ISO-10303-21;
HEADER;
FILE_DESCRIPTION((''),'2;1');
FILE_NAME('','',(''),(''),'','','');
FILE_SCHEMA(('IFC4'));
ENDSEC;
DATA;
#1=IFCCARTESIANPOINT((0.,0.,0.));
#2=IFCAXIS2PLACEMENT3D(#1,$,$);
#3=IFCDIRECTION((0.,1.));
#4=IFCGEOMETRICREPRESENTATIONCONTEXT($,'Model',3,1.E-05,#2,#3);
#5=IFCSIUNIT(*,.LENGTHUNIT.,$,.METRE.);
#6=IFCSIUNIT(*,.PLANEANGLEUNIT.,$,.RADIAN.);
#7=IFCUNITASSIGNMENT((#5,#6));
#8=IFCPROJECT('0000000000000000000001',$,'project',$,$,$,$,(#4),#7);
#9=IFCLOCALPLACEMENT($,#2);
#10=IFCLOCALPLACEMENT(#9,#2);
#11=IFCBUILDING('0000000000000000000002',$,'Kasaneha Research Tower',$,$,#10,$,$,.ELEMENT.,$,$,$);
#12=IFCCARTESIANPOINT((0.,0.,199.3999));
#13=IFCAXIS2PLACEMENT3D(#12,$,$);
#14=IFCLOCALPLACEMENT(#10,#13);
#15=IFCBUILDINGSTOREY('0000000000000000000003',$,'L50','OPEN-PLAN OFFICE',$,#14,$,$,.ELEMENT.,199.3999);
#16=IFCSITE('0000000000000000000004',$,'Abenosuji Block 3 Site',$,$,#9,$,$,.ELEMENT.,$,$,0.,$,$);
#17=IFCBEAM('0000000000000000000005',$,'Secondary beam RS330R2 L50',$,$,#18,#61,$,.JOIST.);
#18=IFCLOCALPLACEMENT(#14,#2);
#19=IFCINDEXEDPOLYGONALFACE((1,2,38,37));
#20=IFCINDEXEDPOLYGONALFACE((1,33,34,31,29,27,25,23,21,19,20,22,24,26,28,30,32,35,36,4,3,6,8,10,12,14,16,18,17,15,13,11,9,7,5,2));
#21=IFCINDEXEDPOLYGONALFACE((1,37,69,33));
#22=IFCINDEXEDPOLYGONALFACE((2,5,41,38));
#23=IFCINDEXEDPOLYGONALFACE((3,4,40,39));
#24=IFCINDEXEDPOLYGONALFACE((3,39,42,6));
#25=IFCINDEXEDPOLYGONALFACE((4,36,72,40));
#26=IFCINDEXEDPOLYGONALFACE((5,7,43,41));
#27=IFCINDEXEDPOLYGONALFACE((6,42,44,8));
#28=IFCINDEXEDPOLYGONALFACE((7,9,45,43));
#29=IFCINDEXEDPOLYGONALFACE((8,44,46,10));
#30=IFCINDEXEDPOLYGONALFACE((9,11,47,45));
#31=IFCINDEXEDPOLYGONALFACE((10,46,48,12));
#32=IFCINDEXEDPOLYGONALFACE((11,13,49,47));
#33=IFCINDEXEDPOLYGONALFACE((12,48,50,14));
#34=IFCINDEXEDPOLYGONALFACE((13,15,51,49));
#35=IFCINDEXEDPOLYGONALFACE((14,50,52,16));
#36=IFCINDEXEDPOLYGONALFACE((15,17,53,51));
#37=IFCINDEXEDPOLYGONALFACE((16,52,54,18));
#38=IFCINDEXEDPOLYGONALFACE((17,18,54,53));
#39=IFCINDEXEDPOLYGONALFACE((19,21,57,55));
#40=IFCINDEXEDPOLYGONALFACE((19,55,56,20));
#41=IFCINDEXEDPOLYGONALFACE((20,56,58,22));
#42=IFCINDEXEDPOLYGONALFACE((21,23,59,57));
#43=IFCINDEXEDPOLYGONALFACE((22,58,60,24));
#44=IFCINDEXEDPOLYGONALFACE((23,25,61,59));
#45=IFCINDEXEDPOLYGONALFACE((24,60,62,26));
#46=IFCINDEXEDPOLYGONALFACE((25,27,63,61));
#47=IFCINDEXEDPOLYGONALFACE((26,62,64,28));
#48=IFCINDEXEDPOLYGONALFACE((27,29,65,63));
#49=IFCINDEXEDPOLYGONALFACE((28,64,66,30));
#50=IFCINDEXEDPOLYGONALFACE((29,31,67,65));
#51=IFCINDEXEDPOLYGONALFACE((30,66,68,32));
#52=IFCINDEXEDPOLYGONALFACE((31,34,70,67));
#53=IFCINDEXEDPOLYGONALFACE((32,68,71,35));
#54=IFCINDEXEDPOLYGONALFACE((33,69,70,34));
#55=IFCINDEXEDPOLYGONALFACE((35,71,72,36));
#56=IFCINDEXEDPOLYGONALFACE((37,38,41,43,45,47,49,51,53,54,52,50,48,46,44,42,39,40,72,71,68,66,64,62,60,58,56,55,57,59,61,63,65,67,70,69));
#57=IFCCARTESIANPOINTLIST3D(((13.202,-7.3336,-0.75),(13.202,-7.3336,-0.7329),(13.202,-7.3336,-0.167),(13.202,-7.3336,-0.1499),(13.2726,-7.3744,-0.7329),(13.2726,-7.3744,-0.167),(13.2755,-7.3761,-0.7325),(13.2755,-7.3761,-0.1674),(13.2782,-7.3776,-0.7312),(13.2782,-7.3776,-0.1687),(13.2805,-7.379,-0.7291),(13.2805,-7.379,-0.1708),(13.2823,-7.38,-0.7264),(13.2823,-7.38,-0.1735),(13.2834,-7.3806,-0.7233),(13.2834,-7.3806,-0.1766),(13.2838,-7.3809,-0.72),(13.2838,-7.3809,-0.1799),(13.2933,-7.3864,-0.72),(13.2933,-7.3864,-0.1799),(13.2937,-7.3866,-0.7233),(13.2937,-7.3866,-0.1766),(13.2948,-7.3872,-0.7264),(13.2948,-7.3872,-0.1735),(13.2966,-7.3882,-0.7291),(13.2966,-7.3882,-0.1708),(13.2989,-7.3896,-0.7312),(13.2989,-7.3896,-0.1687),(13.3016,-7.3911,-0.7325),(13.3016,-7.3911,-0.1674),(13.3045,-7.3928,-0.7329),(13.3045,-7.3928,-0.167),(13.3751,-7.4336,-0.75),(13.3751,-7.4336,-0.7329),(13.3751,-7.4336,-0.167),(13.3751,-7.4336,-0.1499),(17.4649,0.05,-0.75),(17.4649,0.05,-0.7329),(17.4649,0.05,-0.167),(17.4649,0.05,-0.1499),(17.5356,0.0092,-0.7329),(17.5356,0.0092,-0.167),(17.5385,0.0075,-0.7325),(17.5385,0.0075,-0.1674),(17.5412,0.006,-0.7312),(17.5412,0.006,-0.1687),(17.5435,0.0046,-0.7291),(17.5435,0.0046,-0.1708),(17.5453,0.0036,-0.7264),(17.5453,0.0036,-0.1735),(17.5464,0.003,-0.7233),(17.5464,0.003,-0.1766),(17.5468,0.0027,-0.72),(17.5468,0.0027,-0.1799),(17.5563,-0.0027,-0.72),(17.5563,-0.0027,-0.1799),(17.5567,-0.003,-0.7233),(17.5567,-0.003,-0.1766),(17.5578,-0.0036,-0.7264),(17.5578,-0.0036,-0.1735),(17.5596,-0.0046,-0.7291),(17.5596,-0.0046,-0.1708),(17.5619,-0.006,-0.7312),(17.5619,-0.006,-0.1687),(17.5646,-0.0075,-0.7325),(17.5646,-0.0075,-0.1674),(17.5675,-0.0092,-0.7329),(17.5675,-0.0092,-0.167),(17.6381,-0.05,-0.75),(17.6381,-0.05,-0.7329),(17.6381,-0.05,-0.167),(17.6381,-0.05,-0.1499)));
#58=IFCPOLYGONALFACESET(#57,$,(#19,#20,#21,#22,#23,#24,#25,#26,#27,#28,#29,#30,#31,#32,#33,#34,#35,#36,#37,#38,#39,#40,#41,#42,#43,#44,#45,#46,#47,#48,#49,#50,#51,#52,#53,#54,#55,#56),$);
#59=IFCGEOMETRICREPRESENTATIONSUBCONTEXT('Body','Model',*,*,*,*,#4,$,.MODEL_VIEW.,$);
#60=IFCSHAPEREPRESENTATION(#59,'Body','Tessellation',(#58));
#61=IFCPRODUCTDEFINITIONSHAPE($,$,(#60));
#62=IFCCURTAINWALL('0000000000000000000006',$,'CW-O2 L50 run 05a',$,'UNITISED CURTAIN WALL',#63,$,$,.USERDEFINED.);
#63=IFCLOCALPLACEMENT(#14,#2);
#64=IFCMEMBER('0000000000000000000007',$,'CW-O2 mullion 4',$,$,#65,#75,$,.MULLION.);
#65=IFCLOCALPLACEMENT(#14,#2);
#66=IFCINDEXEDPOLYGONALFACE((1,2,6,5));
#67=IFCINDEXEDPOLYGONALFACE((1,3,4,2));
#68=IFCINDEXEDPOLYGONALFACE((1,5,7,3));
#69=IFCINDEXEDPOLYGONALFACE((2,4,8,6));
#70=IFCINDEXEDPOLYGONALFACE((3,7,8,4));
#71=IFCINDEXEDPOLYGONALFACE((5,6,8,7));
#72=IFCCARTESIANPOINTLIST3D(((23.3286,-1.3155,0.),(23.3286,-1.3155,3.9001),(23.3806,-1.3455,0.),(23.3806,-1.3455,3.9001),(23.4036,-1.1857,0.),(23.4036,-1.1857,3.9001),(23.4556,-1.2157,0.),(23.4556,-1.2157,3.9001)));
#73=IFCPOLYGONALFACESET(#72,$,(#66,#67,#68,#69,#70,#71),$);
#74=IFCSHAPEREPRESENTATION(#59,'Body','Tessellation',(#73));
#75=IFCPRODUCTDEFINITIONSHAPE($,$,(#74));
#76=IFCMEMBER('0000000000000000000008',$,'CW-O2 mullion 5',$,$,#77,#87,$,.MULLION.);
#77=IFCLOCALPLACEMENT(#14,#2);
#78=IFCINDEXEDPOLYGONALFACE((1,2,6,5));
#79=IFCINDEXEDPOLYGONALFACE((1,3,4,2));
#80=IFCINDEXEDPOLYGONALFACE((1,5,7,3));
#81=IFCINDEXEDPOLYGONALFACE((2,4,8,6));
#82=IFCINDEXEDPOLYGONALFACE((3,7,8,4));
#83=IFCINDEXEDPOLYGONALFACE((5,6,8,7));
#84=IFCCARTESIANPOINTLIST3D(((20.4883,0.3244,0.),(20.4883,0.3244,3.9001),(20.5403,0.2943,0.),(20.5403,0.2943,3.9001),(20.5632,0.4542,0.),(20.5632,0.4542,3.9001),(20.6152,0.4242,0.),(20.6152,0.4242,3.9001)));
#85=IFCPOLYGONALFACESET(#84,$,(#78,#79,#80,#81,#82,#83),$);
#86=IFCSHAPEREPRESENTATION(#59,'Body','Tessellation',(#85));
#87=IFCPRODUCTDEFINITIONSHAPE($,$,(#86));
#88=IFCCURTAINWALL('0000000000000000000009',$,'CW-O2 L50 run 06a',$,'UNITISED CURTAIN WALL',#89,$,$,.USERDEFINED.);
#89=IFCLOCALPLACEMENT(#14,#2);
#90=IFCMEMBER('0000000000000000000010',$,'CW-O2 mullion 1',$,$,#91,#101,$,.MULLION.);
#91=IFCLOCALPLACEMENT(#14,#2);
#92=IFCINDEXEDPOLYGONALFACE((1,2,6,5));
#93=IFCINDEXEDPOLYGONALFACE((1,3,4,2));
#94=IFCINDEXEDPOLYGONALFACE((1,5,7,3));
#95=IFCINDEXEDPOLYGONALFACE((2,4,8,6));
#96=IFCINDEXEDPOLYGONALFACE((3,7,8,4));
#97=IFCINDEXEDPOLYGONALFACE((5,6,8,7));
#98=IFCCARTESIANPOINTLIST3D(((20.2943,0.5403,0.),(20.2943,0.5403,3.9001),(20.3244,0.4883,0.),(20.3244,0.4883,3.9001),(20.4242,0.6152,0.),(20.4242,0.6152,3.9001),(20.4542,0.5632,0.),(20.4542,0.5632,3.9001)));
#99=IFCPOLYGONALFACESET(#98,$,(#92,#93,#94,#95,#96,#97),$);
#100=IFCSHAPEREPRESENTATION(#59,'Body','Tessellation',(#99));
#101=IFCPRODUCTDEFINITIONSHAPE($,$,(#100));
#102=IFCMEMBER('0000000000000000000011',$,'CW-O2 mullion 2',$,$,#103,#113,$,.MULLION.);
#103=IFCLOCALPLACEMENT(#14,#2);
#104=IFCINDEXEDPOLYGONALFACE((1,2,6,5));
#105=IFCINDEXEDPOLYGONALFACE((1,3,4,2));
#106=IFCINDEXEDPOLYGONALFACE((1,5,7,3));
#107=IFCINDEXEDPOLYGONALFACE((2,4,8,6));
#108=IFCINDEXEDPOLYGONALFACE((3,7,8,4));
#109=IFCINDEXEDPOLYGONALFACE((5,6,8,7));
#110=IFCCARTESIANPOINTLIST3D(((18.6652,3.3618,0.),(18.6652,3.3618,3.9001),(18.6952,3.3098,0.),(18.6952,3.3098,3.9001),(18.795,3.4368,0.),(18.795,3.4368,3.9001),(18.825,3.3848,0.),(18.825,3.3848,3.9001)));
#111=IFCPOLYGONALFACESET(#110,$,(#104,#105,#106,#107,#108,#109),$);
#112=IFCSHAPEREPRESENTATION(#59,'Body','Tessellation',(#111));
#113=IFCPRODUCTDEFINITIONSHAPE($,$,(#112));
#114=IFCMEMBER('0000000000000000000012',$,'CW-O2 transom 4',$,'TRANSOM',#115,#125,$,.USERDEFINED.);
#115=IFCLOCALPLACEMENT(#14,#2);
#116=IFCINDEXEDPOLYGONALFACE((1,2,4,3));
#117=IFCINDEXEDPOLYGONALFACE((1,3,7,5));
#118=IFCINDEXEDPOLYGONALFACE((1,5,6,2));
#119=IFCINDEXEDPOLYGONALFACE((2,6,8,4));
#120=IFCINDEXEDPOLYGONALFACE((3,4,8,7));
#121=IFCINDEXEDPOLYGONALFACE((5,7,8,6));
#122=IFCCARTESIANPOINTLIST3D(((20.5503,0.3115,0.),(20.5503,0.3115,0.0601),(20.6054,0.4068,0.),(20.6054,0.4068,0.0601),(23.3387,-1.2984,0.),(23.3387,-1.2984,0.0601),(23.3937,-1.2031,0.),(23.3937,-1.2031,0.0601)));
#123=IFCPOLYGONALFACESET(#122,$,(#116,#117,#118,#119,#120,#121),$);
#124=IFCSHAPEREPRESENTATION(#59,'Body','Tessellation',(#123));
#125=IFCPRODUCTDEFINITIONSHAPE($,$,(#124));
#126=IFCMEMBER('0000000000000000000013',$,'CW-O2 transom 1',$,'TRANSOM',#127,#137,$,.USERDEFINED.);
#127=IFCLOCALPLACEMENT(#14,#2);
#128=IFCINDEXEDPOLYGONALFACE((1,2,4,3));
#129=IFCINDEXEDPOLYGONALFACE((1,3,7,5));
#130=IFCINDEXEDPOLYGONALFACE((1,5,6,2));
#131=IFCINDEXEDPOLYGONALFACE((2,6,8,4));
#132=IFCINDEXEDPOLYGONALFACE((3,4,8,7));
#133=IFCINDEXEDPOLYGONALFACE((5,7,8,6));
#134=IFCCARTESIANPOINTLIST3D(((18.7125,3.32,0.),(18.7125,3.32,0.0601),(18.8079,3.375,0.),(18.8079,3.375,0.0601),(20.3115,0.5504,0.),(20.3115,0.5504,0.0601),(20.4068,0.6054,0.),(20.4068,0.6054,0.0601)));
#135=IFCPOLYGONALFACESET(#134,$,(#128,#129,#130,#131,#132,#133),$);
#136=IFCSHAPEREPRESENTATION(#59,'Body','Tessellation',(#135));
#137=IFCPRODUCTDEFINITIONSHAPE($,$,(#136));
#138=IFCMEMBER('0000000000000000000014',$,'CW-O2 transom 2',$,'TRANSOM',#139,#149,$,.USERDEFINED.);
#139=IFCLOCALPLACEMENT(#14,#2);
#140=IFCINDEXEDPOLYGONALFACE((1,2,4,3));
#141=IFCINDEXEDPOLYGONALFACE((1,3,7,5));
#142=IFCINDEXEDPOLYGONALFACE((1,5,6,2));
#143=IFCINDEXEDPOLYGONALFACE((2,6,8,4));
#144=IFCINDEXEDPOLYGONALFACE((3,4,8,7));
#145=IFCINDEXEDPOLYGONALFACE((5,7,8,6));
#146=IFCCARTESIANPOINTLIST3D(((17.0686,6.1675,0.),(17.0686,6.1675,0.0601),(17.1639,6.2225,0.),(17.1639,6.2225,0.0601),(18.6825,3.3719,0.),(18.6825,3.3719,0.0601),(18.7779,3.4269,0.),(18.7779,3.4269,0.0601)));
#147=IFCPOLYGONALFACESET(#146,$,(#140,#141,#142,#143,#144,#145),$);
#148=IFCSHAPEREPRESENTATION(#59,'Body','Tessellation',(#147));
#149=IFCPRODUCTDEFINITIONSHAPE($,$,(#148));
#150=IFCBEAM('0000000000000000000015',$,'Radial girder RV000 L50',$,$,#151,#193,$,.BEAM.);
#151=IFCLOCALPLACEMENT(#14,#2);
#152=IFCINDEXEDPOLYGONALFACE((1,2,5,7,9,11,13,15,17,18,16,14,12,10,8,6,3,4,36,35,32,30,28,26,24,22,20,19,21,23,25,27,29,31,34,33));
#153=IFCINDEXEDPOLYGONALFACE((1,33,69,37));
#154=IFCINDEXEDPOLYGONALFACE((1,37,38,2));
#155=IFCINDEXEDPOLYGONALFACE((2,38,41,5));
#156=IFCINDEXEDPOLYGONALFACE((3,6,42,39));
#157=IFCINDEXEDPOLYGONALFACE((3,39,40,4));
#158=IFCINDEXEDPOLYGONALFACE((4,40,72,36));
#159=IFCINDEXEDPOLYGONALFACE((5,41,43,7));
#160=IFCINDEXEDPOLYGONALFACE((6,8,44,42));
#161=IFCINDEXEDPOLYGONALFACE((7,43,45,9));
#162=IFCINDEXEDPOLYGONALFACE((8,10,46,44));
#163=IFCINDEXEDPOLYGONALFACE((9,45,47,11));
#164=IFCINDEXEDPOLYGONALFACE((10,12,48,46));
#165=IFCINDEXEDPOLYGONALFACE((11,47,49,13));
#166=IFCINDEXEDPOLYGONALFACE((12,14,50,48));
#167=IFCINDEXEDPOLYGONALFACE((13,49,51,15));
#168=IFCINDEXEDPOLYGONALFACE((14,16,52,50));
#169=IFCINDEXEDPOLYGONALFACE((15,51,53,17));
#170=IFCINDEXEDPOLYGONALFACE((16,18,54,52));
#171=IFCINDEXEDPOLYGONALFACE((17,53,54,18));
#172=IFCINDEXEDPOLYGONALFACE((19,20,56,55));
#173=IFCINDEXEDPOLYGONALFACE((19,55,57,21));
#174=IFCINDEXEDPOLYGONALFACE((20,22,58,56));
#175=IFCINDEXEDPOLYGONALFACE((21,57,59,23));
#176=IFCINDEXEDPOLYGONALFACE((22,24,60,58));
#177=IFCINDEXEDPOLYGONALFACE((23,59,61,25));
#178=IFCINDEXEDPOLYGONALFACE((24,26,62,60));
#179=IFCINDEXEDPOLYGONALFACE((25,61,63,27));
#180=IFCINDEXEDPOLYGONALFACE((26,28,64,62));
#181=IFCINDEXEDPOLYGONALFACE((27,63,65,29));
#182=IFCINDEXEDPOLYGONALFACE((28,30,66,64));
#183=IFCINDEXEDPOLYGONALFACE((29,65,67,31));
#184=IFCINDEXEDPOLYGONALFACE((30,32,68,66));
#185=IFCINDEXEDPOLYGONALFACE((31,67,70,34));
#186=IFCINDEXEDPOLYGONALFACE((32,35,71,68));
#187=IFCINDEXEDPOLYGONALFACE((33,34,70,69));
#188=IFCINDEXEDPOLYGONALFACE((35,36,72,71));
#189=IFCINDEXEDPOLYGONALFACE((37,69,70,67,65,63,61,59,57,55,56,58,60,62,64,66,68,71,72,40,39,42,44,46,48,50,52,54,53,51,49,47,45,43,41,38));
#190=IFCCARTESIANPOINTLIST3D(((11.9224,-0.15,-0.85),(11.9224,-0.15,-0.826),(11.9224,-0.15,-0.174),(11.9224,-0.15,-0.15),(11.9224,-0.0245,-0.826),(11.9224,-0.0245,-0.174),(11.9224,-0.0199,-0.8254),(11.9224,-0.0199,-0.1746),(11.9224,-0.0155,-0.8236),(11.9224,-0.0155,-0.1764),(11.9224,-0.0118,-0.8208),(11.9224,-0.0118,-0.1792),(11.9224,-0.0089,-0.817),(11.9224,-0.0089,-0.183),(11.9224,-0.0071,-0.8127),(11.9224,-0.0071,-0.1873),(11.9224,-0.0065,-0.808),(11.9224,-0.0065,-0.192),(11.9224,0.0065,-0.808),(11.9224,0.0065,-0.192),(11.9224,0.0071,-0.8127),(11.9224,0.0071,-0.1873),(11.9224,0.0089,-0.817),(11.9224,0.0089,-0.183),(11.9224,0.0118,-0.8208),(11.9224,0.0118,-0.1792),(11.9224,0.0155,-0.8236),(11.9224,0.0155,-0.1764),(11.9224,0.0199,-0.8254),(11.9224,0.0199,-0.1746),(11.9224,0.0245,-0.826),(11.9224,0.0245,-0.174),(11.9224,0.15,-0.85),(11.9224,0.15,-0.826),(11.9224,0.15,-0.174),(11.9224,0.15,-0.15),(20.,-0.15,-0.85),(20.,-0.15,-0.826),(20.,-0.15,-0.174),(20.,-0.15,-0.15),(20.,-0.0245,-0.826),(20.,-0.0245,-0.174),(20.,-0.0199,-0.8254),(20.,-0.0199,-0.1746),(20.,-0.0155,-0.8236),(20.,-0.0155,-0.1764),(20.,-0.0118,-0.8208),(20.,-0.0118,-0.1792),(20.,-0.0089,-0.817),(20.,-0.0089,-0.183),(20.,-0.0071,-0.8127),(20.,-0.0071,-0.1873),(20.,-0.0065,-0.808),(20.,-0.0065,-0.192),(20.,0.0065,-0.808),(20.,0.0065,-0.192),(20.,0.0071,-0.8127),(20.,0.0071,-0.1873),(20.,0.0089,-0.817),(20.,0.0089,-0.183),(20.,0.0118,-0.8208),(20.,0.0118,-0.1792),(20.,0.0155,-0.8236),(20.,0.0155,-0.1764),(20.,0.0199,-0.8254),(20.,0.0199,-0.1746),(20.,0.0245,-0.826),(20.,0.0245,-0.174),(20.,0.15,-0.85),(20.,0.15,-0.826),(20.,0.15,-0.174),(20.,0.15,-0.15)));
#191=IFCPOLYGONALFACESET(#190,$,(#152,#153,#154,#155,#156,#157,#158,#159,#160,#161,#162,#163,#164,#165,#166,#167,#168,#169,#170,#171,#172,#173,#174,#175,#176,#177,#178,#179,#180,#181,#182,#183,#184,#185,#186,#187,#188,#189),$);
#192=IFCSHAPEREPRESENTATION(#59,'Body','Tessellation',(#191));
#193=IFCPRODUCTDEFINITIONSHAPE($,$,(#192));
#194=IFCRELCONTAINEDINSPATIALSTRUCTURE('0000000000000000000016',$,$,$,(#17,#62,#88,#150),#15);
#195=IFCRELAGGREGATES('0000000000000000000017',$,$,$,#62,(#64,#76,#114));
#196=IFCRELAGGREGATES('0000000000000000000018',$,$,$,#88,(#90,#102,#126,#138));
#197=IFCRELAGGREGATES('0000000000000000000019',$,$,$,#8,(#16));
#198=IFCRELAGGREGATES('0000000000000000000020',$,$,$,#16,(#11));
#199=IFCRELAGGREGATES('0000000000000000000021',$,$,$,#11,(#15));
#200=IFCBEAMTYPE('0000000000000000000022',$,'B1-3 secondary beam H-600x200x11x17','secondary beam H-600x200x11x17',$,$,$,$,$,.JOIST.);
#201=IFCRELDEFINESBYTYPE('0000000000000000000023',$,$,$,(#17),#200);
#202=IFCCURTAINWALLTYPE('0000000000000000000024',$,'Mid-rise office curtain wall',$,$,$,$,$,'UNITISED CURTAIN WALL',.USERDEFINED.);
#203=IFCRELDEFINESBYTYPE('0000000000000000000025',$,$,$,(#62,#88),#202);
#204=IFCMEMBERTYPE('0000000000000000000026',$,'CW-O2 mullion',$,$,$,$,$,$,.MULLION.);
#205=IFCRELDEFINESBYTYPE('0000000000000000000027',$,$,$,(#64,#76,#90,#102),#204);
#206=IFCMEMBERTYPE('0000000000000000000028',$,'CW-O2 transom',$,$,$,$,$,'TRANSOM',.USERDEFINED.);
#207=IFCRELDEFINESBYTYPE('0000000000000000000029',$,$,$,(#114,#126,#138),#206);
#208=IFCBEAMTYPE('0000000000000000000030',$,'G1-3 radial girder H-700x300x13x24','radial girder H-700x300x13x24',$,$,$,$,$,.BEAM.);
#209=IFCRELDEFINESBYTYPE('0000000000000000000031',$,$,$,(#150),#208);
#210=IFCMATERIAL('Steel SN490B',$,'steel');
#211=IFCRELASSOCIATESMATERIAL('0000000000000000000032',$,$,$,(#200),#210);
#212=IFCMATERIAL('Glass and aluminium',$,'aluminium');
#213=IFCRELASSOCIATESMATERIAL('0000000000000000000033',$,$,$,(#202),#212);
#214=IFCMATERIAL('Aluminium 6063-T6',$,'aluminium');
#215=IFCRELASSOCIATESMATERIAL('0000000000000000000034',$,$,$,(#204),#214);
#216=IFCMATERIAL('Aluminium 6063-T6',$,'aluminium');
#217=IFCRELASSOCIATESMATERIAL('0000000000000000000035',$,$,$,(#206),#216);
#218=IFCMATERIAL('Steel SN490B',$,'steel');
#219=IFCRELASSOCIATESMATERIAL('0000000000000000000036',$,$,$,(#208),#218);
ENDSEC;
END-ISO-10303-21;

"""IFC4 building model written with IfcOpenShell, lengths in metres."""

from ifc_helpers import new_model, si_unit, direction, frame, origin, origin_2d, place, context, subcontext, project, spatial, rectangle, i_section, extrude, material, material_profile, profile_set, type_object, element, aggregate, save


model = new_model("IFC4")

# Units and contexts
model_context = context("Model", 3, precision=1e-05, world=origin(), true_north=direction((0.0, 1.0)))
body_context = subcontext(model_context, "Body", "Model", "MODEL_VIEW")
ifc_project = project(units=[si_unit("LENGTHUNIT", "METRE"), si_unit("PLANEANGLEUNIT", "RADIAN")], contexts=[model_context])

# Site, building, storey
site_placement = place(None, origin())
site = spatial("IfcSite", under=ifc_project, at=site_placement, Name="Abenosuji Block 3 Site", CompositionType="ELEMENT", RefElevation=0.0)
building_placement = place(site_placement, origin())
building = spatial("IfcBuilding", under=site, at=building_placement, Name="Kasaneha Research Tower", CompositionType="ELEMENT")
storey_placement = place(building_placement, frame((0.0, 0.0, 199.3999)))
storey = spatial("IfcBuildingStorey", under=building, at=storey_placement, Name="L50", Description="OPEN-PLAN OFFICE", CompositionType="ELEMENT", Elevation=199.3999)

# Beam
ifc_material_1 = material(Name="Steel SN490B", Category="steel")
ifc_material_profile_1 = material_profile(ifc_material_1, i_section(OverallWidth=0.2, OverallDepth=0.6001, WebThickness=0.011, FlangeThickness=0.0171, FilletRadius=0.0129, at=origin_2d()), Name="H-600x200x11x17")
ifc_profile_set_1 = profile_set([ifc_material_profile_1], Name="Steel SN490B")
beam_type_1 = type_object("IfcBeamType", Name="B1-3 secondary beam H-600x200x11x17", Description="secondary beam H-600x200x11x17", PredefinedType="JOIST", material=ifc_profile_set_1)
beam_1_placement = place(storey_placement, frame((17.5515, 0.0, -0.45), z_axis=(-0.500004, -0.866023, 0.0), x_axis=(0.866023, -0.500004, 0.0)))
element("IfcBeam", 1, at=beam_1_placement, inside=storey, type_object=beam_type_1, Name="Secondary beam RS330R2 L50", PredefinedType="JOIST", context=body_context, shape_type="SweptSolid", body=[
    extrude(i_section(OverallWidth=0.2, OverallDepth=0.6001, WebThickness=0.011, FlangeThickness=0.0171, FilletRadius=0.0129, at=origin_2d()), origin(), (0.0, 0.0, 1.0), 8.5259),
])

# Curtain walls, members
ifc_material_2 = material(Name="Glass and aluminium", Category="aluminium")
curtain_wall_type = type_object("IfcCurtainWallType", Name="Mid-rise office curtain wall", ElementType="UNITISED CURTAIN WALL", PredefinedType="USERDEFINED", material=ifc_material_2)
curtain_wall_1_placement = place(storey_placement, origin())
curtain_wall_1 = element("IfcCurtainWall", 2, at=curtain_wall_1_placement, inside=storey, type_object=curtain_wall_type, Name="CW-O2 L50 run 05a", ObjectType="UNITISED CURTAIN WALL", PredefinedType="USERDEFINED")
ifc_material_3 = material(Name="Aluminium 6063-T6", Category="aluminium")
ifc_material_profile_2 = material_profile(ifc_material_3, rectangle(XDim=0.0601, YDim=0.1499, at=origin_2d()), Name="CW-O2 mullion 60x150")
ifc_profile_set_2 = profile_set([ifc_material_profile_2], Name="Aluminium 6063-T6")
member_type_1 = type_object("IfcMemberType", Name="CW-O2 mullion", PredefinedType="MULLION", material=ifc_profile_set_2)
member_1_placement = place(storey_placement, frame((23.3921, -1.2656, 0.0), z_axis=(0.0, 0.0, 1.0), x_axis=(-0.866025, 0.5, 0.0)))
member_1 = element("IfcMember", 3, at=member_1_placement, type_object=member_type_1, Name="CW-O2 mullion 4", PredefinedType="MULLION", context=body_context, shape_type="SweptSolid", body=[
    extrude(rectangle(XDim=0.0601, YDim=0.1499, at=origin_2d()), origin(), (0.0, 0.0, 1.0), 3.9001),
])
member_2_placement = place(storey_placement, frame((20.5518, 0.3743, 0.0), z_axis=(0.0, 0.0, 1.0), x_axis=(-0.866025, 0.5, 0.0)))
member_2 = element("IfcMember", 4, at=member_2_placement, type_object=member_type_1, Name="CW-O2 mullion 5", PredefinedType="MULLION", context=body_context, shape_type="SweptSolid", body=[
    extrude(rectangle(XDim=0.0601, YDim=0.1499, at=origin_2d()), origin(), (0.0, 0.0, 1.0), 3.9001),
])
curtain_wall_2_placement = place(storey_placement, origin())
curtain_wall_2 = element("IfcCurtainWall", 5, at=curtain_wall_2_placement, inside=storey, type_object=curtain_wall_type, Name="CW-O2 L50 run 06a", ObjectType="UNITISED CURTAIN WALL", PredefinedType="USERDEFINED")
member_3_placement = place(storey_placement, frame((20.3743, 0.5518, 0.0), z_axis=(0.0, 0.0, 1.0), x_axis=(-0.5, 0.866025, 0.0)))
member_3 = element("IfcMember", 6, at=member_3_placement, type_object=member_type_1, Name="CW-O2 mullion 1", PredefinedType="MULLION", context=body_context, shape_type="SweptSolid", body=[
    extrude(rectangle(XDim=0.0601, YDim=0.1499, at=origin_2d()), origin(), (0.0, 0.0, 1.0), 3.9001),
])
member_4_placement = place(storey_placement, frame((18.7451, 3.3733, 0.0), z_axis=(0.0, 0.0, 1.0), x_axis=(-0.5, 0.866025, 0.0)))
member_4 = element("IfcMember", 7, at=member_4_placement, type_object=member_type_1, Name="CW-O2 mullion 2", PredefinedType="MULLION", context=body_context, shape_type="SweptSolid", body=[
    extrude(rectangle(XDim=0.0601, YDim=0.1499, at=origin_2d()), origin(), (0.0, 0.0, 1.0), 3.9001),
])

# Members
ifc_material_4 = material(Name="Aluminium 6063-T6", Category="aluminium")
ifc_material_profile_3 = material_profile(ifc_material_4, rectangle(XDim=0.1101, YDim=0.0601, at=origin_2d()), Name="CW-O2 transom 110x60")
ifc_profile_set_3 = profile_set([ifc_material_profile_3], Name="Aluminium 6063-T6")
member_type_2 = type_object("IfcMemberType", Name="CW-O2 transom", ElementType="TRANSOM", PredefinedType="USERDEFINED", material=ifc_profile_set_3)
member_5_placement = place(storey_placement, frame((23.3662, -1.2507, 0.03), z_axis=(-0.866023, 0.500005, 0.0), x_axis=(-0.500005, -0.866023, 0.0)))
member_5 = element("IfcMember", 8, at=member_5_placement, type_object=member_type_2, Name="CW-O2 transom 4", ObjectType="TRANSOM", PredefinedType="USERDEFINED", context=body_context, shape_type="SweptSolid", body=[
    extrude(rectangle(XDim=0.1101, YDim=0.0601, at=origin_2d()), origin(), (0.0, 0.0, 1.0), 3.2197),
])
member_6_placement = place(storey_placement, frame((20.3591, 0.5779, 0.03), z_axis=(-0.499974, 0.866041, 0.0), x_axis=(-0.866041, -0.499974, 0.0)))
member_6 = element("IfcMember", 9, at=member_6_placement, type_object=member_type_2, Name="CW-O2 transom 1", ObjectType="TRANSOM", PredefinedType="USERDEFINED", context=body_context, shape_type="SweptSolid", body=[
    extrude(rectangle(XDim=0.1101, YDim=0.0601, at=origin_2d()), origin(), (0.0, 0.0, 1.0), 3.198),
])
member_7_placement = place(storey_placement, frame((18.7302, 3.3994, 0.03), z_axis=(-0.499987, 0.866033, 0.0), x_axis=(-0.866033, -0.499987, 0.0)))
member_7 = element("IfcMember", 10, at=member_7_placement, type_object=member_type_2, Name="CW-O2 transom 2", ObjectType="TRANSOM", PredefinedType="USERDEFINED", context=body_context, shape_type="SweptSolid", body=[
    extrude(rectangle(XDim=0.1101, YDim=0.0601, at=origin_2d()), origin(), (0.0, 0.0, 1.0), 3.228),
])

# Beam
ifc_material_5 = material(Name="Steel SN490B", Category="steel")
ifc_material_profile_4 = material_profile(ifc_material_5, i_section(OverallWidth=0.3, OverallDepth=0.7, WebThickness=0.0129, FlangeThickness=0.0239, FilletRadius=0.0181, at=origin_2d()), Name="H-700x300x13x24")
ifc_profile_set_4 = profile_set([ifc_material_profile_4], Name="Steel SN490B")
beam_type_2 = type_object("IfcBeamType", Name="G1-3 radial girder H-700x300x13x24", Description="radial girder H-700x300x13x24", PredefinedType="BEAM", material=ifc_profile_set_4)
beam_2_placement = place(storey_placement, frame((11.9224, 0.0, -0.5), z_axis=(1.0, 0.0, 0.0), x_axis=(0.0, 1.0, 0.0)))
element("IfcBeam", 11, at=beam_2_placement, inside=storey, type_object=beam_type_2, Name="Radial girder RV000 L50", PredefinedType="BEAM", context=body_context, shape_type="SweptSolid", body=[
    extrude(i_section(OverallWidth=0.3, OverallDepth=0.7, WebThickness=0.0129, FlangeThickness=0.0239, FilletRadius=0.0181, at=origin_2d()), origin(), (0.0, 0.0, 1.0), 8.0776),
])

aggregate(curtain_wall_1, [member_1, member_2, member_5])
aggregate(curtain_wall_2, [member_3, member_4, member_6, member_7])

save(model, "model.ifc")
